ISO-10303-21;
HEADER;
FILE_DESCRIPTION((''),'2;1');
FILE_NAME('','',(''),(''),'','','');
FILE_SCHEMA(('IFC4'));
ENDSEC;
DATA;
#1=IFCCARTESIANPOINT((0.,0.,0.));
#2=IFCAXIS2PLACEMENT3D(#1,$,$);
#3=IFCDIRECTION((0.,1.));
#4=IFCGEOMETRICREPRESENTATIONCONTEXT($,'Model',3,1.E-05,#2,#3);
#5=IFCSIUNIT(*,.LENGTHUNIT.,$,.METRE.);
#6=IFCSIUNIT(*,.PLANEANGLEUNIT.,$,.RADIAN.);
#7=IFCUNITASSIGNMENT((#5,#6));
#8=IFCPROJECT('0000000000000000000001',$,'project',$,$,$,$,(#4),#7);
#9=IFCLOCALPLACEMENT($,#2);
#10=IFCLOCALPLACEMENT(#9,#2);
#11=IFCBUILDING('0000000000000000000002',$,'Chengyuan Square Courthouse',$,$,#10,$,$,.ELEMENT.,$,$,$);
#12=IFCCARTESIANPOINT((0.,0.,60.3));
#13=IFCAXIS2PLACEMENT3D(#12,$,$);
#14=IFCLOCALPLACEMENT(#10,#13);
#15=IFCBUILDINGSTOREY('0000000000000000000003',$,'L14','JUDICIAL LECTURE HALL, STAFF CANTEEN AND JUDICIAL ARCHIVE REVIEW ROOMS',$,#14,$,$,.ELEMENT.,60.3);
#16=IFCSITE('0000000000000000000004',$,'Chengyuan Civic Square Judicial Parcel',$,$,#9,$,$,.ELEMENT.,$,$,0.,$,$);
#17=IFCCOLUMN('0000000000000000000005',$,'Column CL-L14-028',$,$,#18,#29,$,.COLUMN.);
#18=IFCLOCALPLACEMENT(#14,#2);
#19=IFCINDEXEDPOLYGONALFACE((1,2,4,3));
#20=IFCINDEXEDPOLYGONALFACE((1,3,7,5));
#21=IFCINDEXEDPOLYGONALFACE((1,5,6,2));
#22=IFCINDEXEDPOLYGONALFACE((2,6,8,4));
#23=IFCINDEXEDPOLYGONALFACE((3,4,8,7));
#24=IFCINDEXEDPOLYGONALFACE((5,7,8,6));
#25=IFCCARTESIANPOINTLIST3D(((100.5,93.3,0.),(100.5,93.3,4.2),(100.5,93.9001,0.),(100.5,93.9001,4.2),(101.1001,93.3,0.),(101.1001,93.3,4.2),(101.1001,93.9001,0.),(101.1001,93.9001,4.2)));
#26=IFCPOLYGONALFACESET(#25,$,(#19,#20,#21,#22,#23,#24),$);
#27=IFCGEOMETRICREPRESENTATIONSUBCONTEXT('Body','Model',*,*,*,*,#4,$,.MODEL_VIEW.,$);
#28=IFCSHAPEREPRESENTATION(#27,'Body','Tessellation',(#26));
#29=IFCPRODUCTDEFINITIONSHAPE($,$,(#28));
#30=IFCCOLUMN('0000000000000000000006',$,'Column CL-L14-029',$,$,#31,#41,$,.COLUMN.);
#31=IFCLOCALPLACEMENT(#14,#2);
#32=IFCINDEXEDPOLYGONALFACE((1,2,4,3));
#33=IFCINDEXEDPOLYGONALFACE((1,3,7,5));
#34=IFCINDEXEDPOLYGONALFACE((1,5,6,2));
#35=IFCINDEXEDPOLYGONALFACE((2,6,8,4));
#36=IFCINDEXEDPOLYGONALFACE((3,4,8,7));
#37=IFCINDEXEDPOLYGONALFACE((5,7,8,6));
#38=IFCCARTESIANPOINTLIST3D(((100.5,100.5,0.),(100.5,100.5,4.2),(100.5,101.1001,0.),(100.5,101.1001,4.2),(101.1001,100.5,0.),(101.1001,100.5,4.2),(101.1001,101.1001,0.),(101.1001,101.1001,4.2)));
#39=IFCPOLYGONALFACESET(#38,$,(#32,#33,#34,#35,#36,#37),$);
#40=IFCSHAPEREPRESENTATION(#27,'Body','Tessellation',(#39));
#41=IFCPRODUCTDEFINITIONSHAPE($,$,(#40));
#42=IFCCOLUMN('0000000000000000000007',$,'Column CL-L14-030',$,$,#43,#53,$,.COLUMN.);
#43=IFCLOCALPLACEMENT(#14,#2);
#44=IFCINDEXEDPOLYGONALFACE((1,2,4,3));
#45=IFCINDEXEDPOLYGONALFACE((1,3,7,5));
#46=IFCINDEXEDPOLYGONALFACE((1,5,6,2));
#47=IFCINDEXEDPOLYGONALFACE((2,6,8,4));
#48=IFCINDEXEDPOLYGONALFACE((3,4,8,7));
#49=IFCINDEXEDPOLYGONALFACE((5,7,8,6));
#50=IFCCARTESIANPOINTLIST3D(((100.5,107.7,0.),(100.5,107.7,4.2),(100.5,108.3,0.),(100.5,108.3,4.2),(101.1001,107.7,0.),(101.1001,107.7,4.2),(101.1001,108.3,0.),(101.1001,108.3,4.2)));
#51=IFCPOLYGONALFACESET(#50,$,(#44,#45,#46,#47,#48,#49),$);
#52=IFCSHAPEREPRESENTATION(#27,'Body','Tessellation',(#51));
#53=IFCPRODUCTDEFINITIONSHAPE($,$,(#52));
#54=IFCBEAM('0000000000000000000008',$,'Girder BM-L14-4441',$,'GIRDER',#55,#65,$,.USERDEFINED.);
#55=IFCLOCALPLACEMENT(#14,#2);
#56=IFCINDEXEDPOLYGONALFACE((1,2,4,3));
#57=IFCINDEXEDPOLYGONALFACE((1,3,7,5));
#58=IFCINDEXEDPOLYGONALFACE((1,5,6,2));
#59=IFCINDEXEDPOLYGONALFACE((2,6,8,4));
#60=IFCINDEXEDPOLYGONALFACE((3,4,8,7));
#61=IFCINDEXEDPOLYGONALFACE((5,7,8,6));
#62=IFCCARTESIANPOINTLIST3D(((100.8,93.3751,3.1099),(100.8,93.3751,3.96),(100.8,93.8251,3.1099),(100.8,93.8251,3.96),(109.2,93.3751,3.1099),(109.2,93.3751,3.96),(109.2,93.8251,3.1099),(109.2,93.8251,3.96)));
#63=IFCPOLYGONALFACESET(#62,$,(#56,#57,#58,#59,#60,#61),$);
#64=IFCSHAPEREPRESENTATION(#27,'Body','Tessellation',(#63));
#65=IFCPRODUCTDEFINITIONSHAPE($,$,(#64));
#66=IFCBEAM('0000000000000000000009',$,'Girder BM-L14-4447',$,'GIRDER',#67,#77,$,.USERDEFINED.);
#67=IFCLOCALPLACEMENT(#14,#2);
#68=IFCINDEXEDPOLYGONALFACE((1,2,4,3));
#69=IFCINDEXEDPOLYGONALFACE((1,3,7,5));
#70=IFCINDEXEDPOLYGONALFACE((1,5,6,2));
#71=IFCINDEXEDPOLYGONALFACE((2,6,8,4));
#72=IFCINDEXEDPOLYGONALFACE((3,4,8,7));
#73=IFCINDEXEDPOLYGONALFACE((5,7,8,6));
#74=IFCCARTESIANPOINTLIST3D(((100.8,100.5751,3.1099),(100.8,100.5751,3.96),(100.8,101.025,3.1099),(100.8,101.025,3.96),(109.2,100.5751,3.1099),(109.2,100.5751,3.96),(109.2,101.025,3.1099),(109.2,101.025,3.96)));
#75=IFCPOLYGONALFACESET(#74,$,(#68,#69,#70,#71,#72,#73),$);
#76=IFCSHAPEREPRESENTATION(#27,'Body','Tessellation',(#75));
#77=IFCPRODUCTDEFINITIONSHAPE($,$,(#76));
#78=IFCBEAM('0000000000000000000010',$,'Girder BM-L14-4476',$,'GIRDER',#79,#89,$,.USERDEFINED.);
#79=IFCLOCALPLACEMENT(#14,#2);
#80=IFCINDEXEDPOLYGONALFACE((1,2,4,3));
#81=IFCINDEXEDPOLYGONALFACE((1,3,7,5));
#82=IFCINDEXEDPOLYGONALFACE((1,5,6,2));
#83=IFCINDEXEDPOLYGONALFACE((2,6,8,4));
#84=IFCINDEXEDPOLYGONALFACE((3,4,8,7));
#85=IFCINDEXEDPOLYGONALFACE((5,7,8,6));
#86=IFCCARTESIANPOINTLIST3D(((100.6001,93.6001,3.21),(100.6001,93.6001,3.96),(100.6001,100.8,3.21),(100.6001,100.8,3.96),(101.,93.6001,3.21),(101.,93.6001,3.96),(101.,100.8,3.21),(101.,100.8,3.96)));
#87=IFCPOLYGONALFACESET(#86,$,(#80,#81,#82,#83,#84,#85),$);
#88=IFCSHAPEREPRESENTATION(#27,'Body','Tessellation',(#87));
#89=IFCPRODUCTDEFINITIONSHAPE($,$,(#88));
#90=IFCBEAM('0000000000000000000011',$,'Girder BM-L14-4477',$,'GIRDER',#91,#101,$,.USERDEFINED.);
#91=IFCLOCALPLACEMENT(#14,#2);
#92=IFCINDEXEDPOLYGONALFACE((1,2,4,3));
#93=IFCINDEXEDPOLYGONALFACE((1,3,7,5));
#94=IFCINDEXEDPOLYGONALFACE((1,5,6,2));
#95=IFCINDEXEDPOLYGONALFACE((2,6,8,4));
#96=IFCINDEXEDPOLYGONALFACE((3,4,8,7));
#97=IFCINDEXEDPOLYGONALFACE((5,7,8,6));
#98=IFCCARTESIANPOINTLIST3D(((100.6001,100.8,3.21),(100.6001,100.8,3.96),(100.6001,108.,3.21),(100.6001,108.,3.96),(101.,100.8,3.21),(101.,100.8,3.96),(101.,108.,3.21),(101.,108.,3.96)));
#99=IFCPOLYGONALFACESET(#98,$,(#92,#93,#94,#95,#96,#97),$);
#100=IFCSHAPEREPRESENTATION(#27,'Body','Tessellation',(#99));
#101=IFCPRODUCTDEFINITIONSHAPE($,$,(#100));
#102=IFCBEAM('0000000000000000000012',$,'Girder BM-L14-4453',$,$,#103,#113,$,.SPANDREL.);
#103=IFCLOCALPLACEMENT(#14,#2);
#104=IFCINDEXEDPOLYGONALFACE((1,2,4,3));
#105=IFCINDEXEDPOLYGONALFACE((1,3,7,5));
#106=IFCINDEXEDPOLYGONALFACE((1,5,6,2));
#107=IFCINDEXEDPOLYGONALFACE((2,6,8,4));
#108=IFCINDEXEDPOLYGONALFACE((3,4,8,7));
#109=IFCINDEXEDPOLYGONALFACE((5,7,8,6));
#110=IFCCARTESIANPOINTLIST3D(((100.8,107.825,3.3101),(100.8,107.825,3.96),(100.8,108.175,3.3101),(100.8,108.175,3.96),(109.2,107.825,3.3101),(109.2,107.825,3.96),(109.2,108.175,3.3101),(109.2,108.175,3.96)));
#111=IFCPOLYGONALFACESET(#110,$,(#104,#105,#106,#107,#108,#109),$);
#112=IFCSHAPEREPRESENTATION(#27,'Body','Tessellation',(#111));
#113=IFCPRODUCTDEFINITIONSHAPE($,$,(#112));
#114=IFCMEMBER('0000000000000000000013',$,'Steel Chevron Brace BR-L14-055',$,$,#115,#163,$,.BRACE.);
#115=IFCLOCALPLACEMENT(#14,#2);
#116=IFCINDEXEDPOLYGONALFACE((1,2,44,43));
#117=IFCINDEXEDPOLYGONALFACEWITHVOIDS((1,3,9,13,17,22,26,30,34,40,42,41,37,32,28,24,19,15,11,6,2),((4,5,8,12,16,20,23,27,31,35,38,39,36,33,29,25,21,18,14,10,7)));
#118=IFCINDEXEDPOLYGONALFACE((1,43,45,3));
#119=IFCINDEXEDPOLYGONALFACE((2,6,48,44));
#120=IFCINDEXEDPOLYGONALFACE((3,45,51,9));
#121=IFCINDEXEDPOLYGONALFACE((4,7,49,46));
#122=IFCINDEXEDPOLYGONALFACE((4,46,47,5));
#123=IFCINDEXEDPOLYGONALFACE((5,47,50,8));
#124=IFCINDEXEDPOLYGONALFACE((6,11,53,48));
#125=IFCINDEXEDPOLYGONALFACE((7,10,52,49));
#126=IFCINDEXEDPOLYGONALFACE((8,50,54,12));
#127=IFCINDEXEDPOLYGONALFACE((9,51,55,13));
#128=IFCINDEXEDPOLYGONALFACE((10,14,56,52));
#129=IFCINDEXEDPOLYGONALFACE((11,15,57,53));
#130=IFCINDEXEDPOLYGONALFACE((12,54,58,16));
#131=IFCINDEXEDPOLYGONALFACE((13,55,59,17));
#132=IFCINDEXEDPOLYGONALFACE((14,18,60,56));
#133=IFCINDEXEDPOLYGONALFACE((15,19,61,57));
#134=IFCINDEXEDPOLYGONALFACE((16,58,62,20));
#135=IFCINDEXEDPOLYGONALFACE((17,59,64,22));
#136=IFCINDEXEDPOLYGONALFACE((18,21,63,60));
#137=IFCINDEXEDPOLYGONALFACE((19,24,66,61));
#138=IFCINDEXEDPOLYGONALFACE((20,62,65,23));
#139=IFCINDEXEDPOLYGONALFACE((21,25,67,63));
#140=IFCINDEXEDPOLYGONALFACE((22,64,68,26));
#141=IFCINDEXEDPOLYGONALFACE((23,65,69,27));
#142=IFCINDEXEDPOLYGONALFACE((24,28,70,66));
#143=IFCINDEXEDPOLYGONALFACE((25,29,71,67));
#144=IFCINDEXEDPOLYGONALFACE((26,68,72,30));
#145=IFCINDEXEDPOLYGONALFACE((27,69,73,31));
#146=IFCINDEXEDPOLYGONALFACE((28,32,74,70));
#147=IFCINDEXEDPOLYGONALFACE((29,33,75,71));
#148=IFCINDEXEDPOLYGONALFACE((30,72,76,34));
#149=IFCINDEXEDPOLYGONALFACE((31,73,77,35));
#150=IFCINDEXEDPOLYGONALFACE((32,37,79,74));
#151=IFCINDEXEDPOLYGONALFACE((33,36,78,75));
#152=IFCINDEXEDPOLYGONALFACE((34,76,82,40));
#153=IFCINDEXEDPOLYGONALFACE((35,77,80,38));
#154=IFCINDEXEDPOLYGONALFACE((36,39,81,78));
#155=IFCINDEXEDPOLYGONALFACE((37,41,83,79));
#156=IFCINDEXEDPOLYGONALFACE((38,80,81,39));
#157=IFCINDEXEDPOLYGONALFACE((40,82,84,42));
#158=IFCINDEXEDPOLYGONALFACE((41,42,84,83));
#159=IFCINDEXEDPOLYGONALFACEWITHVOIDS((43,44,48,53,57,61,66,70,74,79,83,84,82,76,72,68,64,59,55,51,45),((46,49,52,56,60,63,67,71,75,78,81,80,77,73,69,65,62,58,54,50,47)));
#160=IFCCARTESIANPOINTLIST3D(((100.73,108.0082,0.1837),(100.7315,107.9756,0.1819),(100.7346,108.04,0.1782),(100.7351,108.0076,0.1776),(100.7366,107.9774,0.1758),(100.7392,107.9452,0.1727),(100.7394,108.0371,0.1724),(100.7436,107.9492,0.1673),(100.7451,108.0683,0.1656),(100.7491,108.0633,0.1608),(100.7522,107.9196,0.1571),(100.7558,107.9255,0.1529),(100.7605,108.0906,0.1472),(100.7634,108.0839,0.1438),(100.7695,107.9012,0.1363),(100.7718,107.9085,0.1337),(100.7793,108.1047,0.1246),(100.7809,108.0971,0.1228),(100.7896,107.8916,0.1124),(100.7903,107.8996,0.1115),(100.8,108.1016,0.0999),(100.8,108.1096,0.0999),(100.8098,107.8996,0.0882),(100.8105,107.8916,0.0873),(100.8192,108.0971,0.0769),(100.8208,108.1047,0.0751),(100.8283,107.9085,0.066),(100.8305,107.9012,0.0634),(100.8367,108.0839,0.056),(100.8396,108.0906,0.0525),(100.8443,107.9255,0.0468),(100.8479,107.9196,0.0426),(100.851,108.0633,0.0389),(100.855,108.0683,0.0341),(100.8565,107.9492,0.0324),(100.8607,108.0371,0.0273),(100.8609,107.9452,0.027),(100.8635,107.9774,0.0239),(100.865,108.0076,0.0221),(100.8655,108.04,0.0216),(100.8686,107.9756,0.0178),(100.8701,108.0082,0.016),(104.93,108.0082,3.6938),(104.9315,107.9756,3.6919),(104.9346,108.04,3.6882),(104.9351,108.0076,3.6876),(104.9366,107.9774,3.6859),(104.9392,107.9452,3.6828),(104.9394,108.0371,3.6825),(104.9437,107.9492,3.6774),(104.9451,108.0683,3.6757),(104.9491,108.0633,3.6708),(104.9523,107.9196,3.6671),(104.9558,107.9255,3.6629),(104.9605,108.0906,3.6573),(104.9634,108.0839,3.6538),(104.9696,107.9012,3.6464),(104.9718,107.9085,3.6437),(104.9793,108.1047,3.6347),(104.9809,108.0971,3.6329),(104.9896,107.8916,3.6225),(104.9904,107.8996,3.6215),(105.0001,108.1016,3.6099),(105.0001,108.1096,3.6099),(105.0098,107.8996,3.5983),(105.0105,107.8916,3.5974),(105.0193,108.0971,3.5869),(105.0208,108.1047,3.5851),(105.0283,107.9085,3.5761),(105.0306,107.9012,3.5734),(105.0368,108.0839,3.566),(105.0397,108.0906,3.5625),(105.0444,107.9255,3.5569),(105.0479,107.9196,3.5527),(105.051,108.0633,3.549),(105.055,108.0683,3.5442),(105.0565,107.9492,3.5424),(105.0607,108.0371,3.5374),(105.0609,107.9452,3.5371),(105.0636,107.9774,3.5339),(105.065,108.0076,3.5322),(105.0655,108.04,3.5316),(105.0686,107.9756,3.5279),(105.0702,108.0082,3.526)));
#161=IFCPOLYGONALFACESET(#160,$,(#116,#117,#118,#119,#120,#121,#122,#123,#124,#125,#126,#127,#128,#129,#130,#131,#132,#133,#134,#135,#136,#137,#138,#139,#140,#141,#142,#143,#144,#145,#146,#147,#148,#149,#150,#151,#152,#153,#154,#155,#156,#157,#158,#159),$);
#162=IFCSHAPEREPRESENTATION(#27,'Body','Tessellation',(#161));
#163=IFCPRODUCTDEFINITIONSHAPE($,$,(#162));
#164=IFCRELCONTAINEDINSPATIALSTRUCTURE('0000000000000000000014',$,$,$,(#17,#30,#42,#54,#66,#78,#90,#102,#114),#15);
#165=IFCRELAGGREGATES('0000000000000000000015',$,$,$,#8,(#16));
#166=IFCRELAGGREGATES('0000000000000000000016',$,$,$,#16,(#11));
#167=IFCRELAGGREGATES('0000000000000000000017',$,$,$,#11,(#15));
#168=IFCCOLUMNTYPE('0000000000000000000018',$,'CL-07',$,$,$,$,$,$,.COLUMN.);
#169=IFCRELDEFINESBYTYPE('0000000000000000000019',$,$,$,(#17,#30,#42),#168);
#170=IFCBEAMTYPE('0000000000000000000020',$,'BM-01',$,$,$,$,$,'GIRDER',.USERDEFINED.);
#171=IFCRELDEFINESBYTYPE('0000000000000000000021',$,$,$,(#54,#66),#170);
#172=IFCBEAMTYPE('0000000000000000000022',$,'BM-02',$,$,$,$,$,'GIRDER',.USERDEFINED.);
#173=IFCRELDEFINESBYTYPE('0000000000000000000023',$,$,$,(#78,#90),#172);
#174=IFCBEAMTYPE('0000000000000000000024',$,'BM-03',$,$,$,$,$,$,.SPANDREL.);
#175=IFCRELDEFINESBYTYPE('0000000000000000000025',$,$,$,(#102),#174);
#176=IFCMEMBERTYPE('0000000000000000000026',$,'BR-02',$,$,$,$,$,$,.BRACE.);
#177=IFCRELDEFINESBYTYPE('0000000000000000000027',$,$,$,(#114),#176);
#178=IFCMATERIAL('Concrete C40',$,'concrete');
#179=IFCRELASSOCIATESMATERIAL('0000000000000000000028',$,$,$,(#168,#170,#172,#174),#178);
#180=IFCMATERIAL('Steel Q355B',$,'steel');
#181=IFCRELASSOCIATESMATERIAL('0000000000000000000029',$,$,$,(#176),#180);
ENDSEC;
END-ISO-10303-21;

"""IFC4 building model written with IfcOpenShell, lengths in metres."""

from ifc_helpers import new_model, si_unit, direction, frame, origin, origin_2d, place, context, subcontext, project, spatial, rectangle, hollow_circle, extrude, material, material_profile, profile_set, type_object, element, save


model = new_model("IFC4")

# Units and contexts
model_context = context("Model", 3, precision=1e-05, world=origin(), true_north=direction((0.0, 1.0)))
body_context = subcontext(model_context, "Body", "Model", "MODEL_VIEW")
ifc_project = project(units=[si_unit("LENGTHUNIT", "METRE"), si_unit("PLANEANGLEUNIT", "RADIAN")], contexts=[model_context])

# Site, building, storey
site_placement = place(None, origin())
site = spatial("IfcSite", under=ifc_project, at=site_placement, Name="Chengyuan Civic Square Judicial Parcel", CompositionType="ELEMENT", RefElevation=0.0)
building_placement = place(site_placement, origin())
building = spatial("IfcBuilding", under=site, at=building_placement, Name="Chengyuan Square Courthouse", CompositionType="ELEMENT")
storey_placement = place(building_placement, frame((0.0, 0.0, 60.3)))
storey = spatial("IfcBuildingStorey", under=building, at=storey_placement, Name="L14", Description="JUDICIAL LECTURE HALL, STAFF CANTEEN AND JUDICIAL ARCHIVE REVIEW ROOMS", CompositionType="ELEMENT", Elevation=60.3)

# Columns
ifc_material_1 = material(Name="Concrete C40", Category="concrete")
ifc_material_profile_1 = material_profile(ifc_material_1, rectangle(XDim=0.6001, YDim=0.6001, at=origin_2d()), Name="RC-COL-600x600")
ifc_profile_set_1 = profile_set([ifc_material_profile_1], Name="Concrete C40")
column_type = type_object("IfcColumnType", Name="CL-07", PredefinedType="COLUMN", material=ifc_profile_set_1)
for number, where, z_axis, x_axis, name in (
    (1, (100.8, 93.6001, 0.0), (0.0, 0.0, 1.0), (1.0, 0.0, 0.0), "Column CL-L14-028"),
    (2, (100.8, 100.8, 0.0), (0.0, 0.0, 1.0), (1.0, 0.0, 0.0), "Column CL-L14-029"),
    (3, (100.8, 108.0, 0.0), (0.0, 0.0, 1.0), (1.0, 0.0, 0.0), "Column CL-L14-030"),
):
    element("IfcColumn", number, at=place(storey_placement, frame(where, z_axis=z_axis, x_axis=x_axis)), inside=storey, type_object=column_type, Name=name, PredefinedType="COLUMN", context=body_context, shape_type="SweptSolid", body=[
        extrude(rectangle(XDim=0.6001, YDim=0.6001, at=origin_2d()), origin(), (0.0, 0.0, 1.0), 4.2),
    ])

# Beams
ifc_material_profile_2 = material_profile(ifc_material_1, rectangle(XDim=0.45, YDim=0.8501, at=origin_2d()), Name="RC-BM-450x850")
ifc_profile_set_2 = profile_set([ifc_material_profile_2], Name="Concrete C40")
beam_type_1 = type_object("IfcBeamType", Name="BM-01", ElementType="GIRDER", PredefinedType="USERDEFINED", material=ifc_profile_set_2)
for number, where, z_axis, x_axis, name in (
    (4, (100.8, 93.6001, 3.5349), (1.0, 0.0, 0.0), (0.0, 1.0, 0.0), "Girder BM-L14-4441"),
    (5, (100.8, 100.8, 3.5349), (1.0, 0.0, 0.0), (0.0, 1.0, 0.0), "Girder BM-L14-4447"),
):
    element("IfcBeam", number, at=place(storey_placement, frame(where, z_axis=z_axis, x_axis=x_axis)), inside=storey, type_object=beam_type_1, Name=name, ObjectType="GIRDER", PredefinedType="USERDEFINED", context=body_context, shape_type="SweptSolid", body=[
        extrude(rectangle(XDim=0.45, YDim=0.8501, at=origin_2d()), origin(), (0.0, 0.0, 1.0), 8.3999),
    ])
ifc_material_profile_3 = material_profile(ifc_material_1, rectangle(XDim=0.3999, YDim=0.75, at=origin_2d()), Name="RC-BM-400x750")
ifc_profile_set_3 = profile_set([ifc_material_profile_3], Name="Concrete C40")
beam_type_2 = type_object("IfcBeamType", Name="BM-02", ElementType="GIRDER", PredefinedType="USERDEFINED", material=ifc_profile_set_3)
for number, where, z_axis, x_axis, name in (
    (6, (100.8, 93.6001, 3.585), (0.0, 1.0, 0.0), (-1.0, 0.0, 0.0), "Girder BM-L14-4476"),
    (7, (100.8, 100.8, 3.585), (0.0, 1.0, 0.0), (-1.0, 0.0, 0.0), "Girder BM-L14-4477"),
):
    element("IfcBeam", number, at=place(storey_placement, frame(where, z_axis=z_axis, x_axis=x_axis)), inside=storey, type_object=beam_type_2, Name=name, ObjectType="GIRDER", PredefinedType="USERDEFINED", context=body_context, shape_type="SweptSolid", body=[
        extrude(rectangle(XDim=0.3999, YDim=0.75, at=origin_2d()), origin(), (0.0, 0.0, 1.0), 7.2),
    ])
ifc_material_profile_4 = material_profile(ifc_material_1, rectangle(XDim=0.3501, YDim=0.6499, at=origin_2d()), Name="RC-BM-350x650")
ifc_profile_set_4 = profile_set([ifc_material_profile_4], Name="Concrete C40")
beam_type_3 = type_object("IfcBeamType", Name="BM-03", PredefinedType="SPANDREL", material=ifc_profile_set_4)
beam_placement = place(storey_placement, frame((100.8, 108.0, 3.635), z_axis=(1.0, 0.0, 0.0), x_axis=(0.0, 1.0, 0.0)))
element("IfcBeam", 8, at=beam_placement, inside=storey, type_object=beam_type_3, Name="Girder BM-L14-4453", PredefinedType="SPANDREL", context=body_context, shape_type="SweptSolid", body=[
    extrude(rectangle(XDim=0.3501, YDim=0.6499, at=origin_2d()), origin(), (0.0, 0.0, 1.0), 8.3999),
])

# Member
ifc_material_2 = material(Name="Steel Q355B", Category="steel")
ifc_material_profile_5 = material_profile(ifc_material_2, hollow_circle(Radius=0.1096, WallThickness=0.0081, at=origin_2d()), Name="CHS 219x8")
ifc_profile_set_5 = profile_set([ifc_material_profile_5], Name="Steel Q355B")
member_type = type_object("IfcMemberType", Name="BR-02", PredefinedType="BRACE", material=ifc_profile_set_5)
member_placement = place(storey_placement, frame((100.8, 108.0, 0.0999), z_axis=(0.767317, 0.0, 0.641267), x_axis=(0.0, 1.0, 0.0)))
element("IfcMember", 9, at=member_placement, inside=storey, type_object=member_type, Name="Steel Chevron Brace BR-L14-055", PredefinedType="BRACE", context=body_context, shape_type="SweptSolid", body=[
    extrude(hollow_circle(Radius=0.1096, WallThickness=0.0081, at=origin_2d()), origin(), (0.0, 0.0, 1.0), 5.4736),
])

save(model, "model.ifc")
